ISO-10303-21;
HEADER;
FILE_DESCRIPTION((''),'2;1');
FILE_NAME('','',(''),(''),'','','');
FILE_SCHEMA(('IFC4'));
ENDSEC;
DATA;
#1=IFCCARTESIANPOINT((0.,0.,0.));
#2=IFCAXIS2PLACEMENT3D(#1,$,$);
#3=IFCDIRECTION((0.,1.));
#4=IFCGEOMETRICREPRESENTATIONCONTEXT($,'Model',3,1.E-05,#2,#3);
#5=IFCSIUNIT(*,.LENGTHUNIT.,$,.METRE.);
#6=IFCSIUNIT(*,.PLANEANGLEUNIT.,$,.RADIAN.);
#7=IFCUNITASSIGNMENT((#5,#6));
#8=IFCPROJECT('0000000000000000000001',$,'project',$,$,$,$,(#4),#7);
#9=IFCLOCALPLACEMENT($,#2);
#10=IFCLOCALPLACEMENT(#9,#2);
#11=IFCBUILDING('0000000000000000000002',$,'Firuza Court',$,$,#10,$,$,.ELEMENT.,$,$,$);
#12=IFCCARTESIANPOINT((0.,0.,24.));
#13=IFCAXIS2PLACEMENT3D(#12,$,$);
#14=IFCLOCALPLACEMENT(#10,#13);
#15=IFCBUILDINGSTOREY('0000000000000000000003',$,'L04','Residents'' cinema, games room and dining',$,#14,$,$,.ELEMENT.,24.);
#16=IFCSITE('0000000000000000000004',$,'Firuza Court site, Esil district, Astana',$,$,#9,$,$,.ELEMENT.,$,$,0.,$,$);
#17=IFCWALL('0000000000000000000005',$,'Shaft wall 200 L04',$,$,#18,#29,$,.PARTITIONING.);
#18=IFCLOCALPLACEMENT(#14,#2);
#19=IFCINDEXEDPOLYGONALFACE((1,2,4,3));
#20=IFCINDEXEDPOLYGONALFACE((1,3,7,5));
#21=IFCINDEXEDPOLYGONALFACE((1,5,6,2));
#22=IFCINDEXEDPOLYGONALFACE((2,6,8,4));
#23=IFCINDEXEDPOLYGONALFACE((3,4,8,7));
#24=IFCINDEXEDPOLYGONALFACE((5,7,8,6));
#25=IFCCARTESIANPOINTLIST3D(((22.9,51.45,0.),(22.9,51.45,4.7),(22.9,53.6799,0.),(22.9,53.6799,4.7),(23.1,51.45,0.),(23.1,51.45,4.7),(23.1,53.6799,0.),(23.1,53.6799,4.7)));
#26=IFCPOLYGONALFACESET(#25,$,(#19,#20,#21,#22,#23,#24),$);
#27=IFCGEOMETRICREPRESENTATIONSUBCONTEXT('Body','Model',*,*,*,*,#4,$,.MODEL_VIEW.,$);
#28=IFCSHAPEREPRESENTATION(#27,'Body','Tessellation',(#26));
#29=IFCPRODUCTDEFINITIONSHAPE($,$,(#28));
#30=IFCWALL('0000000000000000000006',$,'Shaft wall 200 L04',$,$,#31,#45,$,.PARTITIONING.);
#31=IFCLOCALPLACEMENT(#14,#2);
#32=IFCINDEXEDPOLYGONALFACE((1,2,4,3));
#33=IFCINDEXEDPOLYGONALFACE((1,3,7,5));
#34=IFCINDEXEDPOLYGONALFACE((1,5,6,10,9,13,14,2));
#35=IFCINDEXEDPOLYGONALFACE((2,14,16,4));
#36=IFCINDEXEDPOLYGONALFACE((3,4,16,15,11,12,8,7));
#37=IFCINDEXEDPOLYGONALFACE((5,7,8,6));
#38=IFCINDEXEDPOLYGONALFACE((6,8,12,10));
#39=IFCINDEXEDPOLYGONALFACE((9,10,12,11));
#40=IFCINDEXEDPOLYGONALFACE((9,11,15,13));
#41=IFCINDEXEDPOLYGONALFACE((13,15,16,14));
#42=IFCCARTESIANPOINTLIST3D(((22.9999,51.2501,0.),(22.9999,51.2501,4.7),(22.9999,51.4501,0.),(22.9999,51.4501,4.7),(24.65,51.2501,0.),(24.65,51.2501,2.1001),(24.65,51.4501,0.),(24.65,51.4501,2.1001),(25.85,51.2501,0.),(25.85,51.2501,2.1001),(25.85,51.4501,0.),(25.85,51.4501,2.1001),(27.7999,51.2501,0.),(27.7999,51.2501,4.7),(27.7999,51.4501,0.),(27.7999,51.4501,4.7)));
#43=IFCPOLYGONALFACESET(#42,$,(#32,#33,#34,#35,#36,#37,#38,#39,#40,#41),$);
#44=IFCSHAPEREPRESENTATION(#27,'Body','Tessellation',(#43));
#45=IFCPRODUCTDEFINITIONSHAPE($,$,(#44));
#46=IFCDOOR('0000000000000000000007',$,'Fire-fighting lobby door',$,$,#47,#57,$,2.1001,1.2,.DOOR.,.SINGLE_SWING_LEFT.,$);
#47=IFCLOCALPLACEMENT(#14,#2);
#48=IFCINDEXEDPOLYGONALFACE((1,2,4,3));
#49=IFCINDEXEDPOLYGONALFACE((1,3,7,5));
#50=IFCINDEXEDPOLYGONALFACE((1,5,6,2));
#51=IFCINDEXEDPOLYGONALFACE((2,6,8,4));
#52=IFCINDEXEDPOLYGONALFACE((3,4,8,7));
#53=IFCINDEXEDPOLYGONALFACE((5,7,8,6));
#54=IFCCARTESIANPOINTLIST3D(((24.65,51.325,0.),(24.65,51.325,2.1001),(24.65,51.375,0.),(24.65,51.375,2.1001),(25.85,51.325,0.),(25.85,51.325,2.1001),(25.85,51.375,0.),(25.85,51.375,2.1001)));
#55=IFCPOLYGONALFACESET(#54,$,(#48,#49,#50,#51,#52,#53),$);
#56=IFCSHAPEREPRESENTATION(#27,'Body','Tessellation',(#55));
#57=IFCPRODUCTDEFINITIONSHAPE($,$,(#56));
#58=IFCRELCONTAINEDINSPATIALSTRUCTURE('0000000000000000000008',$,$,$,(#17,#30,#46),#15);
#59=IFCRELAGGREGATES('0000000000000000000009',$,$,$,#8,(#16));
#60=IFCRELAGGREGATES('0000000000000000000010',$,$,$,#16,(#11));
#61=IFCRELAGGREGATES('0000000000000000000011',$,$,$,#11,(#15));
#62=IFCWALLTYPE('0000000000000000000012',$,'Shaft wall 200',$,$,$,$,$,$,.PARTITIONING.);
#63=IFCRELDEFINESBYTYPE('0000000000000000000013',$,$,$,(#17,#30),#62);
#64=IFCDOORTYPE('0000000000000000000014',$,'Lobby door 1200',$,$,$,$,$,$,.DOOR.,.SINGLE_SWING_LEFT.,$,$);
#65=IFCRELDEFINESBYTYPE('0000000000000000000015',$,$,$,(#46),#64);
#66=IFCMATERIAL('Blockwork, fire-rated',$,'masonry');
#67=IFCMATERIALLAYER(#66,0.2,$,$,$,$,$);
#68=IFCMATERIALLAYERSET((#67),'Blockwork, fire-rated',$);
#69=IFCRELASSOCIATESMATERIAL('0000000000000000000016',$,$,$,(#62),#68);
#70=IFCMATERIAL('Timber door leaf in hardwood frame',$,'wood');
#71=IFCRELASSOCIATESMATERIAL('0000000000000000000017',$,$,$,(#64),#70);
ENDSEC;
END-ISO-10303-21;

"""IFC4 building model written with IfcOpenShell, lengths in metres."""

from ifc_helpers import new_model, si_unit, direction, frame, frame_2d, origin, place, context, subcontext, project, spatial, rectangle, extrude, material, layer, layer_set, type_object, element, fill, save


model = new_model("IFC4")

# Units and contexts
model_context = context("Model", 3, precision=1e-05, world=origin(), true_north=direction((0.0, 1.0)))
body_context = subcontext(model_context, "Body", "Model", "MODEL_VIEW")
ifc_project = project(units=[si_unit("LENGTHUNIT", "METRE"), si_unit("PLANEANGLEUNIT", "RADIAN")], contexts=[model_context])

# Site, building, storey
site_placement = place(None, origin())
site = spatial("IfcSite", under=ifc_project, at=site_placement, Name="Firuza Court site, Esil district, Astana", CompositionType="ELEMENT", RefElevation=0.0)
building_placement = place(site_placement, origin())
building = spatial("IfcBuilding", under=site, at=building_placement, Name="Firuza Court", CompositionType="ELEMENT")
storey_placement = place(building_placement, frame((0.0, 0.0, 24.0)))
storey = spatial("IfcBuildingStorey", under=building, at=storey_placement, Name="L04", Description="Residents' cinema, games room and dining", CompositionType="ELEMENT", Elevation=24.0)

# Wall
ifc_material_1 = material(Name="Blockwork, fire-rated", Category="masonry")
ifc_layer_1 = layer(ifc_material_1, 0.2)
ifc_layer_set_1 = layer_set([ifc_layer_1], Name="Blockwork, fire-rated")
wall_type_1 = type_object("IfcWallType", Name="Shaft wall 200", PredefinedType="PARTITIONING", material=ifc_layer_set_1)
wall_1_placement = place(storey_placement, frame((23.0, 51.45, 0.0), z_axis=(0.0, 0.0, 1.0), x_axis=(0.0, 1.0, 0.0)))
element("IfcWall", 1, at=wall_1_placement, inside=storey, type_object=wall_type_1, Name="Shaft wall 200 L04", PredefinedType="PARTITIONING", context=body_context, shape_type="SweptSolid", body=[
    extrude(rectangle(XDim=2.23, YDim=0.2, at=frame_2d((1.115, 0.0))), origin(), (0.0, 0.0, 1.0), 4.7),
])

# Wall, opening, door
wall_2_placement = place(storey_placement, frame((23.0, 51.3501, 0.0), z_axis=(0.0, 0.0, 1.0), x_axis=(1.0, 0.0, 0.0)))
wall_2 = element("IfcWall", 2, at=wall_2_placement, inside=storey, type_object=wall_type_1, Name="Shaft wall 200 L04", PredefinedType="PARTITIONING", context=body_context, shape_type="SweptSolid", body=[
    extrude(rectangle(XDim=4.8, YDim=0.2, at=frame_2d((2.3999, 0.0))), origin(), (0.0, 0.0, 1.0), 4.7),
])
opening_1_placement = place(wall_2_placement, frame((1.6499, 0.0, 0.0)))
opening_1 = element("IfcOpeningElement", 3, at=opening_1_placement, cuts=wall_2, PredefinedType="OPENING", context=body_context, shape_type="SweptSolid", body=[
    extrude(rectangle(XDim=1.2, YDim=2.1001, at=frame_2d((0.6001, 1.05))), frame((0.0, 0.1118, 0.0), z_axis=(0.0, -1.0, 0.0), x_axis=(1.0, 0.0, 0.0)), (0.0, 0.0, 1.0), 0.2239),
])
ifc_material_2 = material(Name="Timber door leaf in hardwood frame", Category="wood")
door_type_1 = type_object("IfcDoorType", Name="Lobby door 1200", OperationType="SINGLE_SWING_LEFT", PredefinedType="DOOR", material=ifc_material_2)
door_1_placement = place(opening_1_placement, origin())
door_1 = element("IfcDoor", 4, at=door_1_placement, inside=storey, type_object=door_type_1, Name="Fire-fighting lobby door", OperationType="SINGLE_SWING_LEFT", OverallHeight=2.1001, OverallWidth=1.2, PredefinedType="DOOR", context=body_context, shape_type="SweptSolid", body=[
    extrude(rectangle(XDim=1.2, YDim=2.1001, at=frame_2d((0.6001, 1.05))), frame((0.0, 0.0249, 0.0), z_axis=(0.0, -1.0, 0.0), x_axis=(1.0, 0.0, 0.0)), (0.0, 0.0, 1.0), 0.05),
])
fill(opening_1, door_1)

save(model, "model.ifc")
